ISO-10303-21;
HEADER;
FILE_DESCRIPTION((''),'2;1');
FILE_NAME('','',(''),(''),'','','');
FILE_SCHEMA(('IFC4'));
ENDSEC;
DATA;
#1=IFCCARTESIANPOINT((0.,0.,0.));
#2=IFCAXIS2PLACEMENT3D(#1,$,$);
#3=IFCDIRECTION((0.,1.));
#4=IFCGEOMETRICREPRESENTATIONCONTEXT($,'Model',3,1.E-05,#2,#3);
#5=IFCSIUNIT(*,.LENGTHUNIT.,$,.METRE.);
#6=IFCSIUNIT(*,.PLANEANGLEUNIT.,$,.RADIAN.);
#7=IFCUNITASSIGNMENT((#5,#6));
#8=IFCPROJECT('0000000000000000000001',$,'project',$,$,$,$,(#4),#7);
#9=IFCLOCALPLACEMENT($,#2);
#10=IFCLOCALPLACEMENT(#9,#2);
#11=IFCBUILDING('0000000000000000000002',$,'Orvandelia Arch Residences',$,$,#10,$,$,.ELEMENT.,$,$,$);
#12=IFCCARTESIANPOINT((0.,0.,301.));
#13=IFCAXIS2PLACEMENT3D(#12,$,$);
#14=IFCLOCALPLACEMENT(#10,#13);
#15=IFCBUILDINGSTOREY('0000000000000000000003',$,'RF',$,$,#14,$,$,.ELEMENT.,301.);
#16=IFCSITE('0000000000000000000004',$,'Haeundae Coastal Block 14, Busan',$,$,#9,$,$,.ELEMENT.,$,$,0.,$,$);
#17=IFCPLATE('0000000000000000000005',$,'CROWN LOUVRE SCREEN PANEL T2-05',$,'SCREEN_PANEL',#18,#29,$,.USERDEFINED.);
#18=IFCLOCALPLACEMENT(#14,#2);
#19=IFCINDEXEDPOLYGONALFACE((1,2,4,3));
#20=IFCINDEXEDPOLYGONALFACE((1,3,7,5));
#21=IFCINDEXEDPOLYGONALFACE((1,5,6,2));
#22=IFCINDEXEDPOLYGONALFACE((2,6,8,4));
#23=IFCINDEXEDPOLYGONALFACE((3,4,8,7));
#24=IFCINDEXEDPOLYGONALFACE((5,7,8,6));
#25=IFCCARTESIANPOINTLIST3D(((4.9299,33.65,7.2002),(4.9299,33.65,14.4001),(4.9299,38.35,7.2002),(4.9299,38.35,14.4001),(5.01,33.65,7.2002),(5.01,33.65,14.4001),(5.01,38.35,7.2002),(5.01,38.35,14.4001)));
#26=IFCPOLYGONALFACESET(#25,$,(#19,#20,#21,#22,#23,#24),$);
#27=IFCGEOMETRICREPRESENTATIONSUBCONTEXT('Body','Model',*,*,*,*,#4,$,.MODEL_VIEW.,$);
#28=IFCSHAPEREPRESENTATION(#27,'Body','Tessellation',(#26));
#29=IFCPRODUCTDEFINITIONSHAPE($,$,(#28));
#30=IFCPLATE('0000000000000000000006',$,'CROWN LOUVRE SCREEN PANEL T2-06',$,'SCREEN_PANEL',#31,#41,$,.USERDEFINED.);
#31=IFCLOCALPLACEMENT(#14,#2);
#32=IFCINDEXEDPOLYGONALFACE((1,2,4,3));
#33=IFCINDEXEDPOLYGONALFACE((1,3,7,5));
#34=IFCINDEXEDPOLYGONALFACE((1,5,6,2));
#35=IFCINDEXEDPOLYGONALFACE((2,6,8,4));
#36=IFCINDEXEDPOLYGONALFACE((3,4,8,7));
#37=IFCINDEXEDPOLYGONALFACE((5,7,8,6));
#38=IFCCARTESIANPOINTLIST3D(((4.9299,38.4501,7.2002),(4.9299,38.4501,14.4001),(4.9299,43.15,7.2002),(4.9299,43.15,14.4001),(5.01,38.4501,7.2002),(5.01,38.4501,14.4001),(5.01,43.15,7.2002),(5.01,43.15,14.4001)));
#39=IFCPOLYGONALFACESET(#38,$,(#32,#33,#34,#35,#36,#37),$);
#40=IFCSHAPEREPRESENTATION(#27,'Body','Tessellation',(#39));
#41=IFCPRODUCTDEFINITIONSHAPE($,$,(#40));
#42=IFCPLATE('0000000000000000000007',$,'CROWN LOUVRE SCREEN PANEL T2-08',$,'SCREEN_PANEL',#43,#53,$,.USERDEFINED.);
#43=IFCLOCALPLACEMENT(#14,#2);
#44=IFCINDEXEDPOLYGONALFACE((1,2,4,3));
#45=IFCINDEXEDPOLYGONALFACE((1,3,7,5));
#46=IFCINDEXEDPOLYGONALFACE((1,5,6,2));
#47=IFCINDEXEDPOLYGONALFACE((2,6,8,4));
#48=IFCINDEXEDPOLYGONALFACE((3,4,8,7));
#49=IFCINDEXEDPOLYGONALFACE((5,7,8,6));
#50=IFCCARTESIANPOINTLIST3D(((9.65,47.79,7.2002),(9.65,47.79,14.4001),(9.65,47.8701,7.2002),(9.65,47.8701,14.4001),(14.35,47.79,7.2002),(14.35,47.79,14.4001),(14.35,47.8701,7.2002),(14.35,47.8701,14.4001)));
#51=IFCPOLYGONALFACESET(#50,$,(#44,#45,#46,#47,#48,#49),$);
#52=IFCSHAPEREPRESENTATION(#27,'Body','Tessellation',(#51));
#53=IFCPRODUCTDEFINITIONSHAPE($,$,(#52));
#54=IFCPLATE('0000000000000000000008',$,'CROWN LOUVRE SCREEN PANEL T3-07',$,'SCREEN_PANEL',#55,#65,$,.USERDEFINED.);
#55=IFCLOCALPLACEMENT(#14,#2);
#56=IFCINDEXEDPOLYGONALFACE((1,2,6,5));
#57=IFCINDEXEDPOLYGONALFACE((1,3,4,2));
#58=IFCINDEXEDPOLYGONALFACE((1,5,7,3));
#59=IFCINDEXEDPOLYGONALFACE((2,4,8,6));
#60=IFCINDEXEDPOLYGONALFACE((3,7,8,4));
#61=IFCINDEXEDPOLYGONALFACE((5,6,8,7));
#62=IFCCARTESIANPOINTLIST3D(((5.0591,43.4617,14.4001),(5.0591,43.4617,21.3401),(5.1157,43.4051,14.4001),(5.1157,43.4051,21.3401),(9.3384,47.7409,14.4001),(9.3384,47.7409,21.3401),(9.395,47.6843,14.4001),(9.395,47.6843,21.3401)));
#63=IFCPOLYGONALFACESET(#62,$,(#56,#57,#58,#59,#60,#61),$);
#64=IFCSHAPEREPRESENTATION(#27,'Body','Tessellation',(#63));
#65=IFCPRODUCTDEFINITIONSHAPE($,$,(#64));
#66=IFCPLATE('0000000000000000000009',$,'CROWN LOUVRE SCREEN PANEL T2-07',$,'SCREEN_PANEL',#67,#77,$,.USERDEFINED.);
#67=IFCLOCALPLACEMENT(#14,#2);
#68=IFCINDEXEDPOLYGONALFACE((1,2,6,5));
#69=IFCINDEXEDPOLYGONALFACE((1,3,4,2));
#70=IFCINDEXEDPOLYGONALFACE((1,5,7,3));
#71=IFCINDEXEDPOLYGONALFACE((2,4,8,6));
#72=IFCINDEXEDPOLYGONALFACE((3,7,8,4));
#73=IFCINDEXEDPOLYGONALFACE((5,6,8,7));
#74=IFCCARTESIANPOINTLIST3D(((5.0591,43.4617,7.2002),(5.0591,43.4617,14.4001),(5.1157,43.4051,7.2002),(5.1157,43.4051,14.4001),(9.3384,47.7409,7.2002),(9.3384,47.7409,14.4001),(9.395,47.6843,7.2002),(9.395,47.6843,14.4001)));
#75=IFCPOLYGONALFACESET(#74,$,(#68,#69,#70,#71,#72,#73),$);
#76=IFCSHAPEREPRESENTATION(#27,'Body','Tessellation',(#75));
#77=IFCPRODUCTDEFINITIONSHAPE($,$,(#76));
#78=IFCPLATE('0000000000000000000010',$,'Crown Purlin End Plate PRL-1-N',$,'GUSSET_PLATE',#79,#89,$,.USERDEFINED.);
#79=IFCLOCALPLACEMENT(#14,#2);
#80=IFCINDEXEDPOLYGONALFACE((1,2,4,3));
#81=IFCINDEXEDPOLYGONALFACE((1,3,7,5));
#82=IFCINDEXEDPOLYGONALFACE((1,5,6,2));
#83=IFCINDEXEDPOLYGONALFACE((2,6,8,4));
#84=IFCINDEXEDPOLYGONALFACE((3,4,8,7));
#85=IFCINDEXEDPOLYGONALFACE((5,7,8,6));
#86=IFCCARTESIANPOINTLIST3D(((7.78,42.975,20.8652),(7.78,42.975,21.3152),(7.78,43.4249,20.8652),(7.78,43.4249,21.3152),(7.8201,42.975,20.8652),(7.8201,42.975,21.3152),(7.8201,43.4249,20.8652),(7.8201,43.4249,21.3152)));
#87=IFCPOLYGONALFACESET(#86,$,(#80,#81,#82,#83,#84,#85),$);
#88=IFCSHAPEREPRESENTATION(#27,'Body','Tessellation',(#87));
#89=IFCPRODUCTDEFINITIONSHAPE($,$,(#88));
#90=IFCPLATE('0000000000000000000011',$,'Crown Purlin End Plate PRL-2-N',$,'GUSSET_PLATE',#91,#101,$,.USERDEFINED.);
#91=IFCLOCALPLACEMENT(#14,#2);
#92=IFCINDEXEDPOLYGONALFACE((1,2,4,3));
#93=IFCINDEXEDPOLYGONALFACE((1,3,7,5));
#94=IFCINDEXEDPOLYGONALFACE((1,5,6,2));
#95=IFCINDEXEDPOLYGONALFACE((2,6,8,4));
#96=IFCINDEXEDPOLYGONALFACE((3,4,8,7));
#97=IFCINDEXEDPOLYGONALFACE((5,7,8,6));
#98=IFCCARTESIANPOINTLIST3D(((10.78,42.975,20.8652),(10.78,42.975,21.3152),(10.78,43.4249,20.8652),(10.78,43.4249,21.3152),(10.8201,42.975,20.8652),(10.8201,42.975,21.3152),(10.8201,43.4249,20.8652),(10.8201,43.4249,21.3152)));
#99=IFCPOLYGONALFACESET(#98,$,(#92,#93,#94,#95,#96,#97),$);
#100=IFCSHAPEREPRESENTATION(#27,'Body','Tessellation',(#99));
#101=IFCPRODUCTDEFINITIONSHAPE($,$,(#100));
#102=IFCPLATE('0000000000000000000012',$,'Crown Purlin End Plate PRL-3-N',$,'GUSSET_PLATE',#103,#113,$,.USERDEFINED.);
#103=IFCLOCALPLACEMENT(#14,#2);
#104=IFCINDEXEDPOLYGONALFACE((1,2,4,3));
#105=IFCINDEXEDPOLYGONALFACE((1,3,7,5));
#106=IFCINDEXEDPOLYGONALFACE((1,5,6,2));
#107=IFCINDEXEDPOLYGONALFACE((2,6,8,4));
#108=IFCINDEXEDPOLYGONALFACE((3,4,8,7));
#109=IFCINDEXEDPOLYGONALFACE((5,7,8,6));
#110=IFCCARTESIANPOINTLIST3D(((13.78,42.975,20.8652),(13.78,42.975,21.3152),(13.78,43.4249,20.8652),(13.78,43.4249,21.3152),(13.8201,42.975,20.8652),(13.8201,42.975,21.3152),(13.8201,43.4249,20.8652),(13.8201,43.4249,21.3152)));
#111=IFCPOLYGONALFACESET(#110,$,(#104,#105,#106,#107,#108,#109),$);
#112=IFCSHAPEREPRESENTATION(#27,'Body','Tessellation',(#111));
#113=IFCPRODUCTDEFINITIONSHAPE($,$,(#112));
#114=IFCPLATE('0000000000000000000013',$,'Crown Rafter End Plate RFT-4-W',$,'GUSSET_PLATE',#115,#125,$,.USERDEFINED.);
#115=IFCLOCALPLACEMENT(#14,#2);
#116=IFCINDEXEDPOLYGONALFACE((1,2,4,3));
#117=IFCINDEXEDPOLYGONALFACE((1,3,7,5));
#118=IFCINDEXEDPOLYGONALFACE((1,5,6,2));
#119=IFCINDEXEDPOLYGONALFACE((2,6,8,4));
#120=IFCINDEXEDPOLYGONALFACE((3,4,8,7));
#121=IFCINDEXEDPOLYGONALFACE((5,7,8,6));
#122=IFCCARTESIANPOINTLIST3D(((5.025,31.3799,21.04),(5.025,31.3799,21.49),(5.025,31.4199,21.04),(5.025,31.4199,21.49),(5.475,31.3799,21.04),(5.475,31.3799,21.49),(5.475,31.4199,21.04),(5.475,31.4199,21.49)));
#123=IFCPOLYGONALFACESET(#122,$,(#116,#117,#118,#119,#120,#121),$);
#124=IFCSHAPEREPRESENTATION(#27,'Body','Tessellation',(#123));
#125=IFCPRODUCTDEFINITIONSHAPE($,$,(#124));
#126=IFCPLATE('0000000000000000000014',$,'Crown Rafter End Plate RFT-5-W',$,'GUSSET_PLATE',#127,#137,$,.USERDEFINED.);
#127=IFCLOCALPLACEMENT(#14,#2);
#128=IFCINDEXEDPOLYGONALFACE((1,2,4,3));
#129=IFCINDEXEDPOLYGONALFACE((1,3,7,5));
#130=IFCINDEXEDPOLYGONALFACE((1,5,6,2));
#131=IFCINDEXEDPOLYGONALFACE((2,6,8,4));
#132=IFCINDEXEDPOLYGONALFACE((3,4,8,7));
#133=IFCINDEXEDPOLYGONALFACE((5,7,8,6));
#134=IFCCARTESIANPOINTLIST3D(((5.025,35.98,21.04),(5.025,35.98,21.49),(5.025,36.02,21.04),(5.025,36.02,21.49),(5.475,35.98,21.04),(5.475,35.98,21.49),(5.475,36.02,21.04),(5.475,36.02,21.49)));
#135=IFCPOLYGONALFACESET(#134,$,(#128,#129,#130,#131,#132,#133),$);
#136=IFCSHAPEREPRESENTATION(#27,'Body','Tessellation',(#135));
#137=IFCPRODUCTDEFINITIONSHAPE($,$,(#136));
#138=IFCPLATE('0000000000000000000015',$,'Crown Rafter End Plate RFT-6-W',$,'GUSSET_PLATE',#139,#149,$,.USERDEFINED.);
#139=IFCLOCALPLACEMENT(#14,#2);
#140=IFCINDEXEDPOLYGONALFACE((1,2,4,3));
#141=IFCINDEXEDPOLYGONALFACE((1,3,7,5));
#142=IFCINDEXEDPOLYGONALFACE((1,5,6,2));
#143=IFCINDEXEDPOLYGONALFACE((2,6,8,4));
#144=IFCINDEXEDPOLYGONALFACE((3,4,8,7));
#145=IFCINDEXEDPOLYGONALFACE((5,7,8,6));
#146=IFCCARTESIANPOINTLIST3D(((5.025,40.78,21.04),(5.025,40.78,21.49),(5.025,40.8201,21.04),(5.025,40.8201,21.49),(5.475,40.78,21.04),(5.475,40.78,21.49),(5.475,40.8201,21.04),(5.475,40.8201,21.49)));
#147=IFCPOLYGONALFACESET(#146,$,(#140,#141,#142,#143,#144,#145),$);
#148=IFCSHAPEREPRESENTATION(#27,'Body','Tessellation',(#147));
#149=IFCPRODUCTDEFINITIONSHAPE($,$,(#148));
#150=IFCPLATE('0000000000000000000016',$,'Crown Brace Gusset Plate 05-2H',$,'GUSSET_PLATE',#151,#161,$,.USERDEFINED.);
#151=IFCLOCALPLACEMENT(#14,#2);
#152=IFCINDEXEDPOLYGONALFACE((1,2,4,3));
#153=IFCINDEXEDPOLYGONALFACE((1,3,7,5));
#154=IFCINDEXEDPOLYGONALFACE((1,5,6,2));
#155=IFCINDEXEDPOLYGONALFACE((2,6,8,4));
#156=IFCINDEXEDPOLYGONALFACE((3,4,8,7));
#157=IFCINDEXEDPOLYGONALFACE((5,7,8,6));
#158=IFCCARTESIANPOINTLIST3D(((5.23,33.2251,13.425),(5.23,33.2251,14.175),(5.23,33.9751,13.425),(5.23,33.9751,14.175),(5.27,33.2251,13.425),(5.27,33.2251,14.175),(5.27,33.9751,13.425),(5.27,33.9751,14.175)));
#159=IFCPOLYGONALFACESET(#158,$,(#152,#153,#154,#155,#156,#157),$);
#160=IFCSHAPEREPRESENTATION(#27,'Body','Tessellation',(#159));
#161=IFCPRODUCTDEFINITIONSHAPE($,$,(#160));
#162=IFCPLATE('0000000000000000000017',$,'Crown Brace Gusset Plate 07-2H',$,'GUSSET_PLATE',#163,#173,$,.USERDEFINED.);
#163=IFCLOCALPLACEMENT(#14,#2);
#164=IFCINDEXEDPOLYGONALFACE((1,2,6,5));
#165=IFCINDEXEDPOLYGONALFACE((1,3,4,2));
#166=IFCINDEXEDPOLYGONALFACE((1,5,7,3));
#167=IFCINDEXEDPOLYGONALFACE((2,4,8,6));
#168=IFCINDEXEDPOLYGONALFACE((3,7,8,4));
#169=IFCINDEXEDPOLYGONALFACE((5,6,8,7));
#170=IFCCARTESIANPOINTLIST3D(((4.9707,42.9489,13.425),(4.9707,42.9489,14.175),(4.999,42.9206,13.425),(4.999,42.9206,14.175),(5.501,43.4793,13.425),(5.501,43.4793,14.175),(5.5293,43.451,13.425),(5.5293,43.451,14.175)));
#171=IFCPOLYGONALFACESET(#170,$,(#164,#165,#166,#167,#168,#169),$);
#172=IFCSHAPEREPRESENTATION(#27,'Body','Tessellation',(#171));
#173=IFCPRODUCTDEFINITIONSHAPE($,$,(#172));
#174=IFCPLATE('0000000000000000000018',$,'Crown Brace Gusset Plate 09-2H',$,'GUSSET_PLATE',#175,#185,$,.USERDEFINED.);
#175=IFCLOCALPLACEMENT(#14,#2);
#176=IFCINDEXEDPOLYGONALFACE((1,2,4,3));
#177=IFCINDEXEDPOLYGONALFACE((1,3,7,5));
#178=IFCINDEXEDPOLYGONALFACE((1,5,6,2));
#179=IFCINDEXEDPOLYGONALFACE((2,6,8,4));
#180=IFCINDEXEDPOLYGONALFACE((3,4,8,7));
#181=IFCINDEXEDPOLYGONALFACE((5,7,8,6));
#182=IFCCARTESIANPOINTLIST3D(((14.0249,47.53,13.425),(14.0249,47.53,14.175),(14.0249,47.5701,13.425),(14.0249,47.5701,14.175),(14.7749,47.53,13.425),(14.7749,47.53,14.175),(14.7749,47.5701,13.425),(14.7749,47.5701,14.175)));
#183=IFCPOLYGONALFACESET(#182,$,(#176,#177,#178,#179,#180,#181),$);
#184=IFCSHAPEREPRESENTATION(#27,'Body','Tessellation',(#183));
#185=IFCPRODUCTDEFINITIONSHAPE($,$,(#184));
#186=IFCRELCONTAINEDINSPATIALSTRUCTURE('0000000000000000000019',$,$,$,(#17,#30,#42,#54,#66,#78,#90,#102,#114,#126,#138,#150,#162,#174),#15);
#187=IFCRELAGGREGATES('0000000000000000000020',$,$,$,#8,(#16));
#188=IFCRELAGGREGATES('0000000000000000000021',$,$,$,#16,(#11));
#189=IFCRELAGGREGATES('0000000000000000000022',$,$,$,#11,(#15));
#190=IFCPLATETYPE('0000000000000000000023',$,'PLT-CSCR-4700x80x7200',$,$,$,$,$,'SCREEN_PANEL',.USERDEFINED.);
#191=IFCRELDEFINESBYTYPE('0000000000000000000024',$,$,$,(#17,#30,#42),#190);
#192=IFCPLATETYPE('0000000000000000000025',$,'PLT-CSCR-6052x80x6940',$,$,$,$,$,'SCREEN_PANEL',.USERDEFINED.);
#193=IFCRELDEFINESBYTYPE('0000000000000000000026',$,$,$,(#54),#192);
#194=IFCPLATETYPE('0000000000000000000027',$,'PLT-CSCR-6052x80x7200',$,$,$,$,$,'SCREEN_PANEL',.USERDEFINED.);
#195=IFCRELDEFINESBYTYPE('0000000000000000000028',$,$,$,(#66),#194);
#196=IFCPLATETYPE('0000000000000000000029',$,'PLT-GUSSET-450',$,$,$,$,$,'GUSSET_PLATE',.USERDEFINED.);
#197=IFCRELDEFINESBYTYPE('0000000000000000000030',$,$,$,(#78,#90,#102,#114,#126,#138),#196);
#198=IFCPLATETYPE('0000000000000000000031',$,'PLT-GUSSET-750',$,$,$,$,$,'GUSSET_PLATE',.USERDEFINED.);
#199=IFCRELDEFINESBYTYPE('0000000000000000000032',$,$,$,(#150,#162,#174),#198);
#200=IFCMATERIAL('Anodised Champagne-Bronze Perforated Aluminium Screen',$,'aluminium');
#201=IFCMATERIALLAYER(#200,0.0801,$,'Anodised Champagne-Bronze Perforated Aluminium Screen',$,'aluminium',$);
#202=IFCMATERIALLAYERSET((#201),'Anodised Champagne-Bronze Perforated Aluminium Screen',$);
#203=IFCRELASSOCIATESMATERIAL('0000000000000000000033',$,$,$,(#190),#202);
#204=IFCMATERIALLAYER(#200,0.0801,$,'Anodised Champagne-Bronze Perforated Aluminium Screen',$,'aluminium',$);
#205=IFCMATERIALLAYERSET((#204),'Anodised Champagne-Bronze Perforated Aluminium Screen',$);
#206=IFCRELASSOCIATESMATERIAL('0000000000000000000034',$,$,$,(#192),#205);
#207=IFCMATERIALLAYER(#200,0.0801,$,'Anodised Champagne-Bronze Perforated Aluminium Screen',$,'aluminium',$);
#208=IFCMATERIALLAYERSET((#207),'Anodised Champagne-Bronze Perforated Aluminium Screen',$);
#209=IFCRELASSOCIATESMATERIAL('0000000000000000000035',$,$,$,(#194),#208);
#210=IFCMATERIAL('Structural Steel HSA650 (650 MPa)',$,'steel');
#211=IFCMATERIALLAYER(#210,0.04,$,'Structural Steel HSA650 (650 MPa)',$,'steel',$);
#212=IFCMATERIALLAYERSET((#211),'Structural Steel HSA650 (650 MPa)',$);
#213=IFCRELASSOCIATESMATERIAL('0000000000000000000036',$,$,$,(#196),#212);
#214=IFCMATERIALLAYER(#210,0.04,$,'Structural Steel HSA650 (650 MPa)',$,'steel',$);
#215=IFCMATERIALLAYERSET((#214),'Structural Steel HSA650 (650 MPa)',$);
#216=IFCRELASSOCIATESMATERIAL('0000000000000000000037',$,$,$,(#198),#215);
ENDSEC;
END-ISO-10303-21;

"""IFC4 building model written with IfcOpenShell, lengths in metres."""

from ifc_helpers import new_model, si_unit, direction, frame, origin, origin_2d, place, context, subcontext, project, spatial, rectangle, extrude, material, layer, layer_set, type_object, element, save


model = new_model("IFC4")

# Units and contexts
model_context = context("Model", 3, precision=1e-05, world=origin(), true_north=direction((0.0, 1.0)))
body_context = subcontext(model_context, "Body", "Model", "MODEL_VIEW")
ifc_project = project(units=[si_unit("LENGTHUNIT", "METRE"), si_unit("PLANEANGLEUNIT", "RADIAN")], contexts=[model_context])

# Site, building, storey
site_placement = place(None, origin())
site = spatial("IfcSite", under=ifc_project, at=site_placement, Name="Haeundae Coastal Block 14, Busan", CompositionType="ELEMENT", RefElevation=0.0)
building_placement = place(site_placement, origin())
building = spatial("IfcBuilding", under=site, at=building_placement, Name="Orvandelia Arch Residences", CompositionType="ELEMENT")
storey_placement = place(building_placement, frame((0.0, 0.0, 301.0)))
storey = spatial("IfcBuildingStorey", under=building, at=storey_placement, Name="RF", CompositionType="ELEMENT", Elevation=301.0)

# Shared definitions
ifc_material_1 = material(Name="Structural Steel HSA650 (650 MPa)", Category="steel")

# Plates
ifc_material_2 = material(Name="Anodised Champagne-Bronze Perforated Aluminium Screen", Category="aluminium")
ifc_layer_1 = layer(ifc_material_2, 0.0801, Name="Anodised Champagne-Bronze Perforated Aluminium Screen", Category="aluminium")
ifc_layer_set_1 = layer_set([ifc_layer_1], Name="Anodised Champagne-Bronze Perforated Aluminium Screen")
plate_type_1 = type_object("IfcPlateType", Name="PLT-CSCR-4700x80x7200", ElementType="SCREEN_PANEL", PredefinedType="USERDEFINED", material=ifc_layer_set_1)
for number, where, z_axis, x_axis, name in (
    (1, (4.97, 36.0, 7.2002), (0.0, 0.0, 1.0), (0.0, 1.0, 0.0), "CROWN LOUVRE SCREEN PANEL T2-05"),
    (2, (4.97, 40.8, 7.2002), (0.0, 0.0, 1.0), (0.0, 1.0, 0.0), "CROWN LOUVRE SCREEN PANEL T2-06"),
    (3, (12.0, 47.8301, 7.2002), (0.0, 0.0, 1.0), (1.0, 0.0, 0.0), "CROWN LOUVRE SCREEN PANEL T2-08"),
):
    element("IfcPlate", number, at=place(storey_placement, frame(where, z_axis=z_axis, x_axis=x_axis)), inside=storey, type_object=plate_type_1, Name=name, ObjectType="SCREEN_PANEL", PredefinedType="USERDEFINED", context=body_context, shape_type="SweptSolid", body=[
        extrude(rectangle(XDim=4.7, YDim=0.0801, at=origin_2d()), origin(), (0.0, 0.0, 1.0), 7.2),
    ])
ifc_layer_2 = layer(ifc_material_2, 0.0801, Name="Anodised Champagne-Bronze Perforated Aluminium Screen", Category="aluminium")
ifc_layer_set_2 = layer_set([ifc_layer_2], Name="Anodised Champagne-Bronze Perforated Aluminium Screen")
plate_type_2 = type_object("IfcPlateType", Name="PLT-CSCR-6052x80x6940", ElementType="SCREEN_PANEL", PredefinedType="USERDEFINED", material=ifc_layer_set_2)
plate_1_placement = place(storey_placement, frame((7.2271, 45.573, 14.4001), z_axis=(0.0, 0.0, 1.0), x_axis=(0.707107, 0.707107, 0.0)))
element("IfcPlate", 4, at=plate_1_placement, inside=storey, type_object=plate_type_2, Name="CROWN LOUVRE SCREEN PANEL T3-07", ObjectType="SCREEN_PANEL", PredefinedType="USERDEFINED", context=body_context, shape_type="SweptSolid", body=[
    extrude(rectangle(XDim=6.0518, YDim=0.0801, at=origin_2d()), origin(), (0.0, 0.0, 1.0), 6.9399),
])
ifc_layer_3 = layer(ifc_material_2, 0.0801, Name="Anodised Champagne-Bronze Perforated Aluminium Screen", Category="aluminium")
ifc_layer_set_3 = layer_set([ifc_layer_3], Name="Anodised Champagne-Bronze Perforated Aluminium Screen")
plate_type_3 = type_object("IfcPlateType", Name="PLT-CSCR-6052x80x7200", ElementType="SCREEN_PANEL", PredefinedType="USERDEFINED", material=ifc_layer_set_3)
plate_2_placement = place(storey_placement, frame((7.2271, 45.573, 7.2002), z_axis=(0.0, 0.0, 1.0), x_axis=(0.707107, 0.707107, 0.0)))
element("IfcPlate", 5, at=plate_2_placement, inside=storey, type_object=plate_type_3, Name="CROWN LOUVRE SCREEN PANEL T2-07", ObjectType="SCREEN_PANEL", PredefinedType="USERDEFINED", context=body_context, shape_type="SweptSolid", body=[
    extrude(rectangle(XDim=6.0518, YDim=0.0801, at=origin_2d()), origin(), (0.0, 0.0, 1.0), 7.2),
])
ifc_layer_4 = layer(ifc_material_1, 0.04, Name="Structural Steel HSA650 (650 MPa)", Category="steel")
ifc_layer_set_4 = layer_set([ifc_layer_4], Name="Structural Steel HSA650 (650 MPa)")
plate_type_4 = type_object("IfcPlateType", Name="PLT-GUSSET-450", ElementType="GUSSET_PLATE", PredefinedType="USERDEFINED", material=ifc_layer_set_4)
for number, where, z_axis, x_axis, name in (
    (6, (7.8, 43.2, 20.8652), (0.0, 0.0, 1.0), (0.0, 1.0, 0.0), "Crown Purlin End Plate PRL-1-N"),
    (7, (10.8, 43.2, 20.8652), (0.0, 0.0, 1.0), (0.0, 1.0, 0.0), "Crown Purlin End Plate PRL-2-N"),
    (8, (13.8, 43.2, 20.8652), (0.0, 0.0, 1.0), (0.0, 1.0, 0.0), "Crown Purlin End Plate PRL-3-N"),
    (9, (5.25, 31.3999, 21.04), (0.0, 0.0, 1.0), (1.0, 0.0, 0.0), "Crown Rafter End Plate RFT-4-W"),
    (10, (5.25, 36.0, 21.04), (0.0, 0.0, 1.0), (1.0, 0.0, 0.0), "Crown Rafter End Plate RFT-5-W"),
    (11, (5.25, 40.8, 21.04), (0.0, 0.0, 1.0), (1.0, 0.0, 0.0), "Crown Rafter End Plate RFT-6-W"),
):
    element("IfcPlate", number, at=place(storey_placement, frame(where, z_axis=z_axis, x_axis=x_axis)), inside=storey, type_object=plate_type_4, Name=name, ObjectType="GUSSET_PLATE", PredefinedType="USERDEFINED", context=body_context, shape_type="SweptSolid", body=[
        extrude(rectangle(XDim=0.45, YDim=0.04, at=origin_2d()), origin(), (0.0, 0.0, 1.0), 0.45),
    ])
ifc_layer_5 = layer(ifc_material_1, 0.04, Name="Structural Steel HSA650 (650 MPa)", Category="steel")
ifc_layer_set_5 = layer_set([ifc_layer_5], Name="Structural Steel HSA650 (650 MPa)")
plate_type_5 = type_object("IfcPlateType", Name="PLT-GUSSET-750", ElementType="GUSSET_PLATE", PredefinedType="USERDEFINED", material=ifc_layer_set_5)
for number, where, z_axis, x_axis, name in (
    (12, (5.25, 33.6001, 13.425), (0.0, 0.0, 1.0), (0.0, 1.0, 0.0), "Crown Brace Gusset Plate 05-2H"),
    (13, (5.25, 43.2, 13.425), (0.0, 0.0, 1.0), (0.707107, 0.707107, 0.0), "Crown Brace Gusset Plate 07-2H"),
    (14, (14.3999, 47.55, 13.425), (0.0, 0.0, 1.0), (1.0, 0.0, 0.0), "Crown Brace Gusset Plate 09-2H"),
):
    element("IfcPlate", number, at=place(storey_placement, frame(where, z_axis=z_axis, x_axis=x_axis)), inside=storey, type_object=plate_type_5, Name=name, ObjectType="GUSSET_PLATE", PredefinedType="USERDEFINED", context=body_context, shape_type="SweptSolid", body=[
        extrude(rectangle(XDim=0.75, YDim=0.04, at=origin_2d()), origin(), (0.0, 0.0, 1.0), 0.75),
    ])

save(model, "model.ifc")
